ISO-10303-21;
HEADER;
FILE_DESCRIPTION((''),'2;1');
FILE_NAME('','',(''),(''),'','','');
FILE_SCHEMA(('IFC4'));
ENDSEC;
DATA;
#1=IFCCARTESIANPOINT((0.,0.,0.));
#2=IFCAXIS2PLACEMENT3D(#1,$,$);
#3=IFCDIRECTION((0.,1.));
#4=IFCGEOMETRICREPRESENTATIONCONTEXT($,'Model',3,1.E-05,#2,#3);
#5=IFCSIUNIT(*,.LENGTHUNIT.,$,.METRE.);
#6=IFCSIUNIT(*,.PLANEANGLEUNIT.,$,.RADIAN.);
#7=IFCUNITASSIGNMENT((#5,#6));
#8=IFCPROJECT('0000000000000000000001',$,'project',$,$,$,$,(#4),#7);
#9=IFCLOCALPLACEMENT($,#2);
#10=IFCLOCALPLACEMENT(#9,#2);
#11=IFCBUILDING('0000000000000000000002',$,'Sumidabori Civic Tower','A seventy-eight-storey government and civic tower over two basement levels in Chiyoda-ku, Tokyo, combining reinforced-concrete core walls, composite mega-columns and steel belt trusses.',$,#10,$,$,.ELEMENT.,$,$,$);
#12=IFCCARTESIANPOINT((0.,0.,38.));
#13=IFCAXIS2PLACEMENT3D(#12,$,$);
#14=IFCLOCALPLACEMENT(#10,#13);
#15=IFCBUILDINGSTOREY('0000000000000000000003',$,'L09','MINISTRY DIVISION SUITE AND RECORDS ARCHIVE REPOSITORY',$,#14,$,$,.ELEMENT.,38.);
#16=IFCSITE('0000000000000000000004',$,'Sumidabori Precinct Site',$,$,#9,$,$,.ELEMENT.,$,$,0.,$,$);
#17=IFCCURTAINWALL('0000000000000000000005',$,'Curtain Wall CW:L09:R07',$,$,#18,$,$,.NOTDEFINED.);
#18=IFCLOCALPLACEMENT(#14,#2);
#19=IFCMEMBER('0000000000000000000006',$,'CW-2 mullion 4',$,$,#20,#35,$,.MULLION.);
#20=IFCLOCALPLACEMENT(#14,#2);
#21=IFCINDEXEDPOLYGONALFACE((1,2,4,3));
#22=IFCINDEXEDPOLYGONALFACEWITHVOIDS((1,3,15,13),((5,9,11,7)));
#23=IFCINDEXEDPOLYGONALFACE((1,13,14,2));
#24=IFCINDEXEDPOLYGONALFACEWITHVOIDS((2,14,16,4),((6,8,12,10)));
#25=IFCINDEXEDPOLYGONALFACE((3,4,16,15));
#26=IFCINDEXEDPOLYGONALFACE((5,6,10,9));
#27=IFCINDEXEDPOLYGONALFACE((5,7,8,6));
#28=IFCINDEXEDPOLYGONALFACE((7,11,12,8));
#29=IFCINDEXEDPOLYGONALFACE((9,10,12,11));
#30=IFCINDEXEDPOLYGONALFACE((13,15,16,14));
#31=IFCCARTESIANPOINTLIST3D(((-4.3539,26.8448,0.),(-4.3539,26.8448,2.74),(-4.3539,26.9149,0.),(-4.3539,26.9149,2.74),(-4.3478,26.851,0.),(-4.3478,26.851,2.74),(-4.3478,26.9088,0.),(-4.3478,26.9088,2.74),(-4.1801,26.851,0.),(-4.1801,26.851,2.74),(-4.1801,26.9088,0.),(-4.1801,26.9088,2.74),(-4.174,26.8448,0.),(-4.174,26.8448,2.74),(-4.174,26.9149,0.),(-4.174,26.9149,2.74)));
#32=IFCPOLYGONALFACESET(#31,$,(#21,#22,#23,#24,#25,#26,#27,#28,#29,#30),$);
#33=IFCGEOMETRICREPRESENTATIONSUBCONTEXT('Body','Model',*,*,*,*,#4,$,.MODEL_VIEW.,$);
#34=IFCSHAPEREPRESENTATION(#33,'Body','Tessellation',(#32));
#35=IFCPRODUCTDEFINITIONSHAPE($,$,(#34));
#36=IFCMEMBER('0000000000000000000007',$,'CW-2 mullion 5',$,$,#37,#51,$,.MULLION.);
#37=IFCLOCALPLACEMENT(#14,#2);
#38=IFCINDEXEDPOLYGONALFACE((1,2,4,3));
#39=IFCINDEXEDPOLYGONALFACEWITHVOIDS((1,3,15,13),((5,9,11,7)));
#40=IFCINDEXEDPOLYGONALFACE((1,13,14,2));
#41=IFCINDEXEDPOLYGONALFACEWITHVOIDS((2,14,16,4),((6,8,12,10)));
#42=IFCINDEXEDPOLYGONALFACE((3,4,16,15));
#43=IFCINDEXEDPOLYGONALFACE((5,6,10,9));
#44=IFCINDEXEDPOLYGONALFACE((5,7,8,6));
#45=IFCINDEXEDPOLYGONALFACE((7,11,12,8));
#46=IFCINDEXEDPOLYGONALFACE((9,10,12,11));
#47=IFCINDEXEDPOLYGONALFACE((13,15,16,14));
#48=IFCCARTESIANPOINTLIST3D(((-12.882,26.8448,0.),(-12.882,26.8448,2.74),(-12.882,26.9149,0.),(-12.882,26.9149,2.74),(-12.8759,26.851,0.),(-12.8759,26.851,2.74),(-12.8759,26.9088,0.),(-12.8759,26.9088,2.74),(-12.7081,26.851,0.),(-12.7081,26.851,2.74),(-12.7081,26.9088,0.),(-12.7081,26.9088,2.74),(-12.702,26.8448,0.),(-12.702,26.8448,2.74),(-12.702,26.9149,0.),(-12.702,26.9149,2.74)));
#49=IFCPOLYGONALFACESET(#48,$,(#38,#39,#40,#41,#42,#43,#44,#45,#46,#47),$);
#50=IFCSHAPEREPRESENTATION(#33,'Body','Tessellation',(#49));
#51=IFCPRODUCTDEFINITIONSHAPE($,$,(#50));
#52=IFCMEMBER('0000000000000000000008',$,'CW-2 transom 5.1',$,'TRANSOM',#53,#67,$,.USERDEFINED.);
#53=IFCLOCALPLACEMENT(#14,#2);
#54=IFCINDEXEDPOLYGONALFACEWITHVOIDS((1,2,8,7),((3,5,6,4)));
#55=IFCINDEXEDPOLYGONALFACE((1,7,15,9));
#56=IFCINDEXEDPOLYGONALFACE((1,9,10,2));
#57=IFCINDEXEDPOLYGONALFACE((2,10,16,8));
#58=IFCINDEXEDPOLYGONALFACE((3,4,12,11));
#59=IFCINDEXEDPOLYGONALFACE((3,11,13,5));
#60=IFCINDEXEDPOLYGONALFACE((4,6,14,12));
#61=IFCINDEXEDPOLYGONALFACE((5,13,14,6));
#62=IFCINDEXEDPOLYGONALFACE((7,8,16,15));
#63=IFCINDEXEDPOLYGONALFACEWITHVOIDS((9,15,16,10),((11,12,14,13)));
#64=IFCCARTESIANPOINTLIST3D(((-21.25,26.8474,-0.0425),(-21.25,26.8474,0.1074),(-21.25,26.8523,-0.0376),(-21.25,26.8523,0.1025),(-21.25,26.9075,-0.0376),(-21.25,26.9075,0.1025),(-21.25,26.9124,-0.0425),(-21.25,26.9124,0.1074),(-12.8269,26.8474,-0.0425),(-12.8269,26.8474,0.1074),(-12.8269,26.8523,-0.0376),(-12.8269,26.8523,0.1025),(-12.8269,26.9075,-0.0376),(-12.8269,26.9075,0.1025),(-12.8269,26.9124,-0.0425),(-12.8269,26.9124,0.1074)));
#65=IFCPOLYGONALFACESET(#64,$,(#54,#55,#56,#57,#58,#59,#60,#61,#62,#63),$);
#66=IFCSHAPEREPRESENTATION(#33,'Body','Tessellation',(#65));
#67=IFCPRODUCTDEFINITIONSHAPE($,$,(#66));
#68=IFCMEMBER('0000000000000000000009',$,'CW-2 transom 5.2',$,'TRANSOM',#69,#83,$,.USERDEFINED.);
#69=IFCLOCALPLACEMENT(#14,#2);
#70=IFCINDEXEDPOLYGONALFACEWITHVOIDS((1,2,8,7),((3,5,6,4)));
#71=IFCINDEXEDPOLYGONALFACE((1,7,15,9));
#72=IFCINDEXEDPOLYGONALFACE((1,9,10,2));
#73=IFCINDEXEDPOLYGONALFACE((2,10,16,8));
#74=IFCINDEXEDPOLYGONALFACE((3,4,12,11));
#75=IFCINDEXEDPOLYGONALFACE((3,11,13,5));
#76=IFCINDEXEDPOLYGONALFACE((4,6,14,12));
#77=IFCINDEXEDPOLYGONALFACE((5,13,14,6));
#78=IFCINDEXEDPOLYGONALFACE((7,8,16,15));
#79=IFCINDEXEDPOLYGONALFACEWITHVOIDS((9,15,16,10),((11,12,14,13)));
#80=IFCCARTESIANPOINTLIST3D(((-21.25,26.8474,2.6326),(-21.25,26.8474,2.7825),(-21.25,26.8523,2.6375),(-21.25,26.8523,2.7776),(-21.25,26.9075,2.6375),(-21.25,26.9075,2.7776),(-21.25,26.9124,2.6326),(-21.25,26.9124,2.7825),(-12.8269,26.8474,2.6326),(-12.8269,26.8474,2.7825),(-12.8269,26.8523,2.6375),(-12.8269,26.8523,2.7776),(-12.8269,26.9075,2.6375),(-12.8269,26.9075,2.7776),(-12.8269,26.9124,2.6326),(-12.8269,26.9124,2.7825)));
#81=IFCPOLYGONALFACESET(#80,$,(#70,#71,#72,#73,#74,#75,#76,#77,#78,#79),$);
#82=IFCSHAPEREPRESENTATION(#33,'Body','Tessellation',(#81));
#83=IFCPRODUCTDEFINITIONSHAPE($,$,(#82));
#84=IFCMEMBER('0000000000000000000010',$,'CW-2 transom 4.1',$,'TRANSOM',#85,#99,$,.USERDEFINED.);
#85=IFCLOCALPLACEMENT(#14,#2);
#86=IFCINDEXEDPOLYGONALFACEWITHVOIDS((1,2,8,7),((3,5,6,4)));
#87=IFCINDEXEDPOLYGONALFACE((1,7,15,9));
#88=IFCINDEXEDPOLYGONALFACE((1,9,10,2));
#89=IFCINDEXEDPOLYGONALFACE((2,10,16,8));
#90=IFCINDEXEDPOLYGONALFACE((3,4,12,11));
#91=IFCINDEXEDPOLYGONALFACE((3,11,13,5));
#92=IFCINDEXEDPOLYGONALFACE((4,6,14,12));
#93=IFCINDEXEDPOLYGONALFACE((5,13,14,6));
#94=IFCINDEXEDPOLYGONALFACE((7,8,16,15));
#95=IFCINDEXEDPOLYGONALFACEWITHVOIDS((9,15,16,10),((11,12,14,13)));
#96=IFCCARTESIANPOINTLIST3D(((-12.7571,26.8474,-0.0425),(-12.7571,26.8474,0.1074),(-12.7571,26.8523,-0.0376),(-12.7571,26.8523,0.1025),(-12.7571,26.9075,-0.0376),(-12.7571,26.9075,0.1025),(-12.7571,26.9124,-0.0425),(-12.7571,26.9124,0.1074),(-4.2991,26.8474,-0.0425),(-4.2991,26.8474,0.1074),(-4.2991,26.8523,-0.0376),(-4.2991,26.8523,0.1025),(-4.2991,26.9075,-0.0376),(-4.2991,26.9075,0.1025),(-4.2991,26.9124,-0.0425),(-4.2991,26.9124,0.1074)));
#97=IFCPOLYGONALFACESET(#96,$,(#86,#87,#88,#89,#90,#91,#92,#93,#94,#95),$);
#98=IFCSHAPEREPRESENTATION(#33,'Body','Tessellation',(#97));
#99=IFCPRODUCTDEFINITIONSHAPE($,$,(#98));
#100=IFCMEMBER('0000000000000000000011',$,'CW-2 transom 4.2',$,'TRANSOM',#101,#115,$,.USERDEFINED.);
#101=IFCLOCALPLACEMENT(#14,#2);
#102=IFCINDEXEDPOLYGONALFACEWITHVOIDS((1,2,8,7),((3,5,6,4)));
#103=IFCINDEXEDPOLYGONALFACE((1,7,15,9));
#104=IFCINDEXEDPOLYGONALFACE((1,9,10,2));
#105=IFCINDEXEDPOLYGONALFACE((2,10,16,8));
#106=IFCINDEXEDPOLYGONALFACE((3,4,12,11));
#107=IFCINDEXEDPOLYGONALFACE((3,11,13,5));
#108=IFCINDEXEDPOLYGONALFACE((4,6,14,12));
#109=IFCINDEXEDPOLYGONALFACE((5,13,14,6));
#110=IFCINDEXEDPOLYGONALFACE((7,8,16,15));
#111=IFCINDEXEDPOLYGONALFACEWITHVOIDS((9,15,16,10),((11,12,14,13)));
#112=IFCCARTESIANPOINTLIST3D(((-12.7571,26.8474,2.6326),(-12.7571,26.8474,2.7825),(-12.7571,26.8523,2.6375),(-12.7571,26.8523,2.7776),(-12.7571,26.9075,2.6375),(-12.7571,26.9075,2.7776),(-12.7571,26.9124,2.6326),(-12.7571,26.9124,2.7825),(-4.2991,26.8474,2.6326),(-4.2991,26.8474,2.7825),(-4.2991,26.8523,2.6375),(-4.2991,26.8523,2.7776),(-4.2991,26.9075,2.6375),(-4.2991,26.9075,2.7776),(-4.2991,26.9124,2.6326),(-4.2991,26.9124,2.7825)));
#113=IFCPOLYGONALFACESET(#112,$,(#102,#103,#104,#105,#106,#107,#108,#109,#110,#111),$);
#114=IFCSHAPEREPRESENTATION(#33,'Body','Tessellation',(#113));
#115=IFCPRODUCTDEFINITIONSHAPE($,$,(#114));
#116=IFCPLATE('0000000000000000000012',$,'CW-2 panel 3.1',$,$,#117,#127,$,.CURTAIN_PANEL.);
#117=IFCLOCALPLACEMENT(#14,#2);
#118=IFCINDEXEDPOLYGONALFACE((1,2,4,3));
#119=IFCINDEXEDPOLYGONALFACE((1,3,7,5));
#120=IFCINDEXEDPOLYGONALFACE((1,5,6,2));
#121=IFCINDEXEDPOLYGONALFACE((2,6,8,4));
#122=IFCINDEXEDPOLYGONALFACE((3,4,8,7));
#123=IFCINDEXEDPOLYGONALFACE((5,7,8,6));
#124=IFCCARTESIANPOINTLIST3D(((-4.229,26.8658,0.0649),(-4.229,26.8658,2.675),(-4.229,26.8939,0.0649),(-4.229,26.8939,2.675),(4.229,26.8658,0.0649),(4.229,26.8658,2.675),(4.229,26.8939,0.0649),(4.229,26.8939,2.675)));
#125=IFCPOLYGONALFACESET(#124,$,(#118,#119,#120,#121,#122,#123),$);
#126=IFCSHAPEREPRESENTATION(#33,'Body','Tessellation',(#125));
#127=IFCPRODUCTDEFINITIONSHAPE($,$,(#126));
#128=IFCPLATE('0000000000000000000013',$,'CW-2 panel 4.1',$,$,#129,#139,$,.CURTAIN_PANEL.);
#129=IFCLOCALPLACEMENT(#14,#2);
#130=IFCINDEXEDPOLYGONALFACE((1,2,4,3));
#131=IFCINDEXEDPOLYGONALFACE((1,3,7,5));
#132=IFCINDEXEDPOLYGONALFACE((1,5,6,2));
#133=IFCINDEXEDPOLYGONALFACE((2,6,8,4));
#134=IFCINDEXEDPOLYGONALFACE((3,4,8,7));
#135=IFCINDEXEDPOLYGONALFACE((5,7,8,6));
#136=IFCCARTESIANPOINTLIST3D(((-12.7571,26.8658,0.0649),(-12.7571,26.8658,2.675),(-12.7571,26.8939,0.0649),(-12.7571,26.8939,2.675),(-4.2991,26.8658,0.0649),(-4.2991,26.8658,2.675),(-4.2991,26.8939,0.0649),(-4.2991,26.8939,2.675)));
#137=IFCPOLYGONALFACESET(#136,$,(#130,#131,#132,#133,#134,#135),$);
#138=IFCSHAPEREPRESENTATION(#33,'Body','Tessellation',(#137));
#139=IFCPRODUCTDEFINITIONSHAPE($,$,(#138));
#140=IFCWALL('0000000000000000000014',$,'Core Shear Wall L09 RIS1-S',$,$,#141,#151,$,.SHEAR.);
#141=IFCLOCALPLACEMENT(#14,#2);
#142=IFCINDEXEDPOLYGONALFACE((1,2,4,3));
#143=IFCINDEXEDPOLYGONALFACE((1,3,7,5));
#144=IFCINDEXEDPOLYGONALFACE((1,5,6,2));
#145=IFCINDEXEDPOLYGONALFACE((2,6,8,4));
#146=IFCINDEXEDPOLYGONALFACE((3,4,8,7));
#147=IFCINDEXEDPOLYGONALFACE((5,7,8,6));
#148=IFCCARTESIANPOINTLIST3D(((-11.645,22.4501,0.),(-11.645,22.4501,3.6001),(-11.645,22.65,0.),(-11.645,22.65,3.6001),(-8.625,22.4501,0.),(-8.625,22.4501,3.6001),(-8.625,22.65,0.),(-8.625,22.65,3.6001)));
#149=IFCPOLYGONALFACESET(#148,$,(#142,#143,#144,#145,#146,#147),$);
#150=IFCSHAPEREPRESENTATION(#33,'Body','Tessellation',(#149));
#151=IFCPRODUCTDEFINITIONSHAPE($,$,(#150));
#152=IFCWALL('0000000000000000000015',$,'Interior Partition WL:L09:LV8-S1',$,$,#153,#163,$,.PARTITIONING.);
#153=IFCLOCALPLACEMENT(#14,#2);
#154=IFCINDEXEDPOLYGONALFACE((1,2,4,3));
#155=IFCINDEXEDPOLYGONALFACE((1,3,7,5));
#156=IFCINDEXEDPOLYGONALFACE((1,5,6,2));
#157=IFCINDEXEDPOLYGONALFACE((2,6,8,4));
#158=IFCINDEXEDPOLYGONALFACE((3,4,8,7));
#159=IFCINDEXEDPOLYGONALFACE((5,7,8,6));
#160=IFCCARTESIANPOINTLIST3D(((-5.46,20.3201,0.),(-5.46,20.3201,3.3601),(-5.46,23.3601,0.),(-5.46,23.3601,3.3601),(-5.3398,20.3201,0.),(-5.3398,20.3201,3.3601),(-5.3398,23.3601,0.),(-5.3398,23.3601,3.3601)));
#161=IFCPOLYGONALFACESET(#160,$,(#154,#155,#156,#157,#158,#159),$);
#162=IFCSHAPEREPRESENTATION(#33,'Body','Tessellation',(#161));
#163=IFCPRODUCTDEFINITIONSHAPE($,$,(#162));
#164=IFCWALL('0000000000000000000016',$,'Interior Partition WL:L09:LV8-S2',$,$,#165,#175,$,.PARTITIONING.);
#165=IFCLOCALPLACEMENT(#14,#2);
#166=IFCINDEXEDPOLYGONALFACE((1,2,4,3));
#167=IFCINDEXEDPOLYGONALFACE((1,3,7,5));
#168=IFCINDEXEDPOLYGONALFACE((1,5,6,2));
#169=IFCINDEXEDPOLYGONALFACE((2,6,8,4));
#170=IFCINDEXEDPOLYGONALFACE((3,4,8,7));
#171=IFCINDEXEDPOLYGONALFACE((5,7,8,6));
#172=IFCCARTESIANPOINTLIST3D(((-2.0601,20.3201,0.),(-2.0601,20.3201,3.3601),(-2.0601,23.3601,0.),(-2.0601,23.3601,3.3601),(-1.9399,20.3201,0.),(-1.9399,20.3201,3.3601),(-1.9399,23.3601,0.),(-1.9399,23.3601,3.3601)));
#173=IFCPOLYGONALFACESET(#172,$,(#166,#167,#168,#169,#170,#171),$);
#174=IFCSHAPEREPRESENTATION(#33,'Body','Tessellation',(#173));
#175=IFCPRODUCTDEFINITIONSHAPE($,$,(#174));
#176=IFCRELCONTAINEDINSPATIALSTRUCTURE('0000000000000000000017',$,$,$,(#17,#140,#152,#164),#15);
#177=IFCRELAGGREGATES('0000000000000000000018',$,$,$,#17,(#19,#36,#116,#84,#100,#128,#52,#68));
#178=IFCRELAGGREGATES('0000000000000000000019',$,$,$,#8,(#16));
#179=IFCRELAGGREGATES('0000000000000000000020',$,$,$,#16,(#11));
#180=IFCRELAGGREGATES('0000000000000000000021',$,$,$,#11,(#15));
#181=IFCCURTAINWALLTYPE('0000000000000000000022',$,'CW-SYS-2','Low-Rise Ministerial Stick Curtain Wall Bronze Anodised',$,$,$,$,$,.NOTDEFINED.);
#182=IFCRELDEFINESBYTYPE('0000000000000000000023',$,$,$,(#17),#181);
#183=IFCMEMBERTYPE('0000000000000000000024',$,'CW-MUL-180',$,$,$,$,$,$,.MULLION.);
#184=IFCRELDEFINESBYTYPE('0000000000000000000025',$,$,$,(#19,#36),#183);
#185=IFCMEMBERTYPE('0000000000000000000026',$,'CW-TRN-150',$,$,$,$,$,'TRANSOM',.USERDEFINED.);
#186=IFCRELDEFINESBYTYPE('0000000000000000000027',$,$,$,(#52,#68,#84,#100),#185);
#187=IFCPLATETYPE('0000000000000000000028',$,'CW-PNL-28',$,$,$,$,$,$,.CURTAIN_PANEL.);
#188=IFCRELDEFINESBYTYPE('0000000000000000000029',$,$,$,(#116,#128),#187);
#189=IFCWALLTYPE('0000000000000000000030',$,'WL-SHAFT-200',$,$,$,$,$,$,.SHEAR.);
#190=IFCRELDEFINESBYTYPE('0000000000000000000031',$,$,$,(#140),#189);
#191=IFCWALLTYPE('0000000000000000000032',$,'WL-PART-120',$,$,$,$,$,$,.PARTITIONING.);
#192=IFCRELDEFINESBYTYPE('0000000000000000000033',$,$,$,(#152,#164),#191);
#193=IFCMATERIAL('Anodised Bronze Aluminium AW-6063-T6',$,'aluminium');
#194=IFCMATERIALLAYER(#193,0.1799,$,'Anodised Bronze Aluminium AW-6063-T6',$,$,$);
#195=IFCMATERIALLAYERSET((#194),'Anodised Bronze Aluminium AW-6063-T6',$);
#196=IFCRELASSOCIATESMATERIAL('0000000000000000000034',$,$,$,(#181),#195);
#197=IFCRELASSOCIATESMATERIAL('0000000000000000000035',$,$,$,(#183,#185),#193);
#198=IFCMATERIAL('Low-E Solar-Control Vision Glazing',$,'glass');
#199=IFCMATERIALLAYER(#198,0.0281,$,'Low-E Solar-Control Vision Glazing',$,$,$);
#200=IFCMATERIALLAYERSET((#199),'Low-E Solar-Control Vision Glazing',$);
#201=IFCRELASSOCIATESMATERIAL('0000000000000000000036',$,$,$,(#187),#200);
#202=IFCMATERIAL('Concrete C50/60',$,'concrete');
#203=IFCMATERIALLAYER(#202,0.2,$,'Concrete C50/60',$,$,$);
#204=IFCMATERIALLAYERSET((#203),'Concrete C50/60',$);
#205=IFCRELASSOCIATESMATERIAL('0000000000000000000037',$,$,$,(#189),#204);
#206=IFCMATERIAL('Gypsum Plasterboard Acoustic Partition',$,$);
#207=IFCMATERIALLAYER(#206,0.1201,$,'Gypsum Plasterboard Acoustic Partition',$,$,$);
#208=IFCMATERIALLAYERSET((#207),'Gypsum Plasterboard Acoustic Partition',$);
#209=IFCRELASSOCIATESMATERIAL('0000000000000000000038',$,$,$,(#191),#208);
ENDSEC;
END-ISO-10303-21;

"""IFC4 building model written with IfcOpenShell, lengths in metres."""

from ifc_helpers import new_model, si_unit, direction, frame, frame_2d, origin, origin_2d, place, context, subcontext, project, spatial, rectangle, hollow_rectangle, extrude, source, transform, mapped, material, layer, layer_set, material_profile, profile_set, type_object, element, aggregate, save


model = new_model("IFC4")

# Units and contexts
model_context = context("Model", 3, precision=1e-05, world=origin(), true_north=direction((0.0, 1.0)))
body_context = subcontext(model_context, "Body", "Model", "MODEL_VIEW")
ifc_project = project(units=[si_unit("LENGTHUNIT", "METRE"), si_unit("PLANEANGLEUNIT", "RADIAN")], contexts=[model_context])

# Site, building, storey
site_placement = place(None, origin())
site = spatial("IfcSite", under=ifc_project, at=site_placement, Name="Sumidabori Precinct Site", CompositionType="ELEMENT", RefElevation=0.0)
building_placement = place(site_placement, origin())
building = spatial("IfcBuilding", under=site, at=building_placement, Name="Sumidabori Civic Tower", Description="A seventy-eight-storey government and civic tower over two basement levels in Chiyoda-ku, Tokyo, combining reinforced-concrete core walls, composite mega-columns and steel belt trusses.", CompositionType="ELEMENT")
storey_placement = place(building_placement, frame((0.0, 0.0, 38.0)))
storey = spatial("IfcBuildingStorey", under=building, at=storey_placement, Name="L09", Description="MINISTRY DIVISION SUITE AND RECORDS ARCHIVE REPOSITORY", CompositionType="ELEMENT", Elevation=38.0)

# Curtain wall, members, plates
ifc_material_1 = material(Name="Anodised Bronze Aluminium AW-6063-T6", Category="aluminium")
ifc_layer_1 = layer(ifc_material_1, 0.1799, Name="Anodised Bronze Aluminium AW-6063-T6")
ifc_layer_set_1 = layer_set([ifc_layer_1], Name="Anodised Bronze Aluminium AW-6063-T6")
curtain_wall_type = type_object("IfcCurtainWallType", Name="CW-SYS-2", Description="Low-Rise Ministerial Stick Curtain Wall Bronze Anodised", PredefinedType="NOTDEFINED", material=ifc_layer_set_1)
curtain_wall_placement = place(storey_placement, origin())
curtain_wall = element("IfcCurtainWall", 1, at=curtain_wall_placement, inside=storey, type_object=curtain_wall_type, Name="Curtain Wall CW:L09:R07", PredefinedType="NOTDEFINED")
ifc_material_profile_1 = material_profile(ifc_material_1, hollow_rectangle(XDim=0.0701, YDim=0.1799, WallThickness=0.0061, at=origin_2d()), Name="ALU MULLION 180x70")
ifc_profile_set_1 = profile_set([ifc_material_profile_1], Name="Anodised Bronze Aluminium AW-6063-T6")
member_type_1 = type_object("IfcMemberType", Name="CW-MUL-180", PredefinedType="MULLION", material=ifc_profile_set_1)
shared_shape_1 = source(origin(), body_context, "Body", "SweptSolid", [
    extrude(hollow_rectangle(XDim=0.0701, YDim=0.1799, WallThickness=0.0061, at=origin_2d()), origin(), (0.0, 0.0, 1.0), 2.74),
])
member_1_placement = place(storey_placement, frame((-4.2639, 26.8799, 0.0), z_axis=(0.0, 0.0, 1.0), x_axis=(0.0, -1.0, 0.0)))
member_1 = element("IfcMember", 2, at=member_1_placement, type_object=member_type_1, Name="CW-2 mullion 4", PredefinedType="MULLION", context=body_context, shape_type="MappedRepresentation", body=[
    mapped(shared_shape_1, transform((0.0, 0.0, 0.0), x_axis=(1.0, 0.0, 0.0), y_axis=(0.0, 1.0, 0.0), z_axis=(0.0, 0.0, 1.0), scale=1.0)),
])
member_2_placement = place(storey_placement, frame((-12.792, 26.8799, 0.0), z_axis=(0.0, 0.0, 1.0), x_axis=(0.0, -1.0, 0.0)))
member_2 = element("IfcMember", 3, at=member_2_placement, type_object=member_type_1, Name="CW-2 mullion 5", PredefinedType="MULLION", context=body_context, shape_type="MappedRepresentation", body=[
    mapped(shared_shape_1, transform((0.0, 0.0, 0.0), x_axis=(1.0, 0.0, 0.0), y_axis=(0.0, 1.0, 0.0), z_axis=(0.0, 0.0, 1.0), scale=1.0)),
])
ifc_material_profile_2 = material_profile(ifc_material_1, hollow_rectangle(XDim=0.0649, YDim=0.1499, WallThickness=0.0049, at=origin_2d()), Name="ALU TRANSOM 150x65")
ifc_profile_set_2 = profile_set([ifc_material_profile_2], Name="Anodised Bronze Aluminium AW-6063-T6")
member_type_2 = type_object("IfcMemberType", Name="CW-TRN-150", ElementType="TRANSOM", PredefinedType="USERDEFINED", material=ifc_profile_set_2)
shared_shape_2 = source(origin(), body_context, "Body", "SweptSolid", [
    extrude(hollow_rectangle(XDim=0.0649, YDim=0.1499, WallThickness=0.0049, at=origin_2d()), origin(), (0.0, 0.0, 1.0), 8.4231),
])
member_3_placement = place(storey_placement, frame((-12.8269, 26.8799, 0.0325), z_axis=(-1.0, 0.0, 0.0), x_axis=(0.0, -1.0, 0.0)))
member_3 = element("IfcMember", 4, at=member_3_placement, type_object=member_type_2, Name="CW-2 transom 5.1", ObjectType="TRANSOM", PredefinedType="USERDEFINED", context=body_context, shape_type="MappedRepresentation", body=[
    mapped(shared_shape_2, transform((0.0, 0.0, 0.0), x_axis=(1.0, 0.0, 0.0), y_axis=(0.0, 1.0, 0.0), z_axis=(0.0, 0.0, 1.0), scale=1.0)),
])
member_4_placement = place(storey_placement, frame((-12.8269, 26.8799, 2.7075), z_axis=(-1.0, 0.0, 0.0), x_axis=(0.0, -1.0, 0.0)))
member_4 = element("IfcMember", 5, at=member_4_placement, type_object=member_type_2, Name="CW-2 transom 5.2", ObjectType="TRANSOM", PredefinedType="USERDEFINED", context=body_context, shape_type="MappedRepresentation", body=[
    mapped(shared_shape_2, transform((0.0, 0.0, 0.0), x_axis=(1.0, 0.0, 0.0), y_axis=(0.0, 1.0, 0.0), z_axis=(0.0, 0.0, 1.0), scale=1.0)),
])
shared_shape_3 = source(origin(), body_context, "Body", "SweptSolid", [
    extrude(hollow_rectangle(XDim=0.0649, YDim=0.1499, WallThickness=0.0049, at=origin_2d()), origin(), (0.0, 0.0, 1.0), 8.458),
])
member_5_placement = place(storey_placement, frame((-4.2991, 26.8799, 0.0325), z_axis=(-1.0, 0.0, 0.0), x_axis=(0.0, -1.0, 0.0)))
member_5 = element("IfcMember", 6, at=member_5_placement, type_object=member_type_2, Name="CW-2 transom 4.1", ObjectType="TRANSOM", PredefinedType="USERDEFINED", context=body_context, shape_type="MappedRepresentation", body=[
    mapped(shared_shape_3, transform((0.0, 0.0, 0.0), x_axis=(1.0, 0.0, 0.0), y_axis=(0.0, 1.0, 0.0), z_axis=(0.0, 0.0, 1.0), scale=1.0)),
])
member_6_placement = place(storey_placement, frame((-4.2991, 26.8799, 2.7075), z_axis=(-1.0, 0.0, 0.0), x_axis=(0.0, -1.0, 0.0)))
member_6 = element("IfcMember", 7, at=member_6_placement, type_object=member_type_2, Name="CW-2 transom 4.2", ObjectType="TRANSOM", PredefinedType="USERDEFINED", context=body_context, shape_type="MappedRepresentation", body=[
    mapped(shared_shape_3, transform((0.0, 0.0, 0.0), x_axis=(1.0, 0.0, 0.0), y_axis=(0.0, 1.0, 0.0), z_axis=(0.0, 0.0, 1.0), scale=1.0)),
])
ifc_material_2 = material(Name="Low-E Solar-Control Vision Glazing", Category="glass")
ifc_layer_2 = layer(ifc_material_2, 0.0281, Name="Low-E Solar-Control Vision Glazing")
ifc_layer_set_2 = layer_set([ifc_layer_2], Name="Low-E Solar-Control Vision Glazing")
plate_type = type_object("IfcPlateType", Name="CW-PNL-28", PredefinedType="CURTAIN_PANEL", material=ifc_layer_set_2)
shared_shape_4 = source(origin(), body_context, "Body", "SweptSolid", [
    extrude(rectangle(XDim=8.458, YDim=0.0281, at=origin_2d()), origin(), (0.0, 0.0, 1.0), 2.6101),
])
plate_1_placement = place(storey_placement, frame((0.0, 26.8799, 0.0649), z_axis=(0.0, 0.0, 1.0), x_axis=(-1.0, 0.0, 0.0)))
plate_1 = element("IfcPlate", 8, at=plate_1_placement, type_object=plate_type, Name="CW-2 panel 3.1", PredefinedType="CURTAIN_PANEL", context=body_context, shape_type="MappedRepresentation", body=[
    mapped(shared_shape_4, transform((0.0, 0.0, 0.0), x_axis=(1.0, 0.0, 0.0), y_axis=(0.0, 1.0, 0.0), z_axis=(0.0, 0.0, 1.0), scale=1.0)),
])
plate_2_placement = place(storey_placement, frame((-8.5281, 26.8799, 0.0649), z_axis=(0.0, 0.0, 1.0), x_axis=(-1.0, 0.0, 0.0)))
plate_2 = element("IfcPlate", 9, at=plate_2_placement, type_object=plate_type, Name="CW-2 panel 4.1", PredefinedType="CURTAIN_PANEL", context=body_context, shape_type="MappedRepresentation", body=[
    mapped(shared_shape_4, transform((0.0, 0.0, 0.0), x_axis=(1.0, 0.0, 0.0), y_axis=(0.0, 1.0, 0.0), z_axis=(0.0, 0.0, 1.0), scale=1.0)),
])
aggregate(curtain_wall, [member_1, member_2, plate_1, member_5, member_6, plate_2, member_3, member_4])

# Wall
ifc_material_3 = material(Name="Concrete C50/60", Category="concrete")
ifc_layer_3 = layer(ifc_material_3, 0.2, Name="Concrete C50/60")
ifc_layer_set_3 = layer_set([ifc_layer_3], Name="Concrete C50/60")
wall_type_1 = type_object("IfcWallType", Name="WL-SHAFT-200", PredefinedType="SHEAR", material=ifc_layer_set_3)
shared_shape_5 = source(origin(), body_context, "Body", "SweptSolid", [
    extrude(rectangle(XDim=3.02, YDim=0.2, at=frame_2d((1.51, 0.0))), origin(), (0.0, 0.0, 1.0), 3.6001),
])
wall_1_placement = place(storey_placement, frame((-11.645, 22.55, 0.0), z_axis=(0.0, 0.0, 1.0), x_axis=(1.0, 0.0, 0.0)))
element("IfcWall", 10, at=wall_1_placement, inside=storey, type_object=wall_type_1, Name="Core Shear Wall L09 RIS1-S", PredefinedType="SHEAR", context=body_context, shape_type="MappedRepresentation", body=[
    mapped(shared_shape_5, transform((0.0, 0.0, 0.0), x_axis=(1.0, 0.0, 0.0), y_axis=(0.0, 1.0, 0.0), z_axis=(0.0, 0.0, 1.0), scale=1.0)),
])

# Shared definitions
ifc_material_4 = material(Name="Gypsum Plasterboard Acoustic Partition")

# Walls
ifc_layer_4 = layer(ifc_material_4, 0.1201, Name="Gypsum Plasterboard Acoustic Partition")
ifc_layer_set_4 = layer_set([ifc_layer_4], Name="Gypsum Plasterboard Acoustic Partition")
wall_type_2 = type_object("IfcWallType", Name="WL-PART-120", PredefinedType="PARTITIONING", material=ifc_layer_set_4)
shared_shape_6 = source(origin(), body_context, "Body", "SweptSolid", [
    extrude(rectangle(XDim=3.04, YDim=0.1201, at=frame_2d((1.52, 0.0))), origin(), (0.0, 0.0, 1.0), 3.3601),
])
for number, where, z_axis, x_axis, name in (
    (11, (-5.3999, 20.3201, 0.0), (0.0, 0.0, 1.0), (0.0, 1.0, 0.0), "Interior Partition WL:L09:LV8-S1"),
    (12, (-2.0, 20.3201, 0.0), (0.0, 0.0, 1.0), (0.0, 1.0, 0.0), "Interior Partition WL:L09:LV8-S2"),
):
    element("IfcWall", number, at=place(storey_placement, frame(where, z_axis=z_axis, x_axis=x_axis)), inside=storey, type_object=wall_type_2, Name=name, PredefinedType="PARTITIONING", context=body_context, shape_type="MappedRepresentation", body=[
        mapped(shared_shape_6, transform((0.0, 0.0, 0.0), x_axis=(1.0, 0.0, 0.0), y_axis=(0.0, 1.0, 0.0), z_axis=(0.0, 0.0, 1.0), scale=1.0)),
    ])

save(model, "model.ifc")
